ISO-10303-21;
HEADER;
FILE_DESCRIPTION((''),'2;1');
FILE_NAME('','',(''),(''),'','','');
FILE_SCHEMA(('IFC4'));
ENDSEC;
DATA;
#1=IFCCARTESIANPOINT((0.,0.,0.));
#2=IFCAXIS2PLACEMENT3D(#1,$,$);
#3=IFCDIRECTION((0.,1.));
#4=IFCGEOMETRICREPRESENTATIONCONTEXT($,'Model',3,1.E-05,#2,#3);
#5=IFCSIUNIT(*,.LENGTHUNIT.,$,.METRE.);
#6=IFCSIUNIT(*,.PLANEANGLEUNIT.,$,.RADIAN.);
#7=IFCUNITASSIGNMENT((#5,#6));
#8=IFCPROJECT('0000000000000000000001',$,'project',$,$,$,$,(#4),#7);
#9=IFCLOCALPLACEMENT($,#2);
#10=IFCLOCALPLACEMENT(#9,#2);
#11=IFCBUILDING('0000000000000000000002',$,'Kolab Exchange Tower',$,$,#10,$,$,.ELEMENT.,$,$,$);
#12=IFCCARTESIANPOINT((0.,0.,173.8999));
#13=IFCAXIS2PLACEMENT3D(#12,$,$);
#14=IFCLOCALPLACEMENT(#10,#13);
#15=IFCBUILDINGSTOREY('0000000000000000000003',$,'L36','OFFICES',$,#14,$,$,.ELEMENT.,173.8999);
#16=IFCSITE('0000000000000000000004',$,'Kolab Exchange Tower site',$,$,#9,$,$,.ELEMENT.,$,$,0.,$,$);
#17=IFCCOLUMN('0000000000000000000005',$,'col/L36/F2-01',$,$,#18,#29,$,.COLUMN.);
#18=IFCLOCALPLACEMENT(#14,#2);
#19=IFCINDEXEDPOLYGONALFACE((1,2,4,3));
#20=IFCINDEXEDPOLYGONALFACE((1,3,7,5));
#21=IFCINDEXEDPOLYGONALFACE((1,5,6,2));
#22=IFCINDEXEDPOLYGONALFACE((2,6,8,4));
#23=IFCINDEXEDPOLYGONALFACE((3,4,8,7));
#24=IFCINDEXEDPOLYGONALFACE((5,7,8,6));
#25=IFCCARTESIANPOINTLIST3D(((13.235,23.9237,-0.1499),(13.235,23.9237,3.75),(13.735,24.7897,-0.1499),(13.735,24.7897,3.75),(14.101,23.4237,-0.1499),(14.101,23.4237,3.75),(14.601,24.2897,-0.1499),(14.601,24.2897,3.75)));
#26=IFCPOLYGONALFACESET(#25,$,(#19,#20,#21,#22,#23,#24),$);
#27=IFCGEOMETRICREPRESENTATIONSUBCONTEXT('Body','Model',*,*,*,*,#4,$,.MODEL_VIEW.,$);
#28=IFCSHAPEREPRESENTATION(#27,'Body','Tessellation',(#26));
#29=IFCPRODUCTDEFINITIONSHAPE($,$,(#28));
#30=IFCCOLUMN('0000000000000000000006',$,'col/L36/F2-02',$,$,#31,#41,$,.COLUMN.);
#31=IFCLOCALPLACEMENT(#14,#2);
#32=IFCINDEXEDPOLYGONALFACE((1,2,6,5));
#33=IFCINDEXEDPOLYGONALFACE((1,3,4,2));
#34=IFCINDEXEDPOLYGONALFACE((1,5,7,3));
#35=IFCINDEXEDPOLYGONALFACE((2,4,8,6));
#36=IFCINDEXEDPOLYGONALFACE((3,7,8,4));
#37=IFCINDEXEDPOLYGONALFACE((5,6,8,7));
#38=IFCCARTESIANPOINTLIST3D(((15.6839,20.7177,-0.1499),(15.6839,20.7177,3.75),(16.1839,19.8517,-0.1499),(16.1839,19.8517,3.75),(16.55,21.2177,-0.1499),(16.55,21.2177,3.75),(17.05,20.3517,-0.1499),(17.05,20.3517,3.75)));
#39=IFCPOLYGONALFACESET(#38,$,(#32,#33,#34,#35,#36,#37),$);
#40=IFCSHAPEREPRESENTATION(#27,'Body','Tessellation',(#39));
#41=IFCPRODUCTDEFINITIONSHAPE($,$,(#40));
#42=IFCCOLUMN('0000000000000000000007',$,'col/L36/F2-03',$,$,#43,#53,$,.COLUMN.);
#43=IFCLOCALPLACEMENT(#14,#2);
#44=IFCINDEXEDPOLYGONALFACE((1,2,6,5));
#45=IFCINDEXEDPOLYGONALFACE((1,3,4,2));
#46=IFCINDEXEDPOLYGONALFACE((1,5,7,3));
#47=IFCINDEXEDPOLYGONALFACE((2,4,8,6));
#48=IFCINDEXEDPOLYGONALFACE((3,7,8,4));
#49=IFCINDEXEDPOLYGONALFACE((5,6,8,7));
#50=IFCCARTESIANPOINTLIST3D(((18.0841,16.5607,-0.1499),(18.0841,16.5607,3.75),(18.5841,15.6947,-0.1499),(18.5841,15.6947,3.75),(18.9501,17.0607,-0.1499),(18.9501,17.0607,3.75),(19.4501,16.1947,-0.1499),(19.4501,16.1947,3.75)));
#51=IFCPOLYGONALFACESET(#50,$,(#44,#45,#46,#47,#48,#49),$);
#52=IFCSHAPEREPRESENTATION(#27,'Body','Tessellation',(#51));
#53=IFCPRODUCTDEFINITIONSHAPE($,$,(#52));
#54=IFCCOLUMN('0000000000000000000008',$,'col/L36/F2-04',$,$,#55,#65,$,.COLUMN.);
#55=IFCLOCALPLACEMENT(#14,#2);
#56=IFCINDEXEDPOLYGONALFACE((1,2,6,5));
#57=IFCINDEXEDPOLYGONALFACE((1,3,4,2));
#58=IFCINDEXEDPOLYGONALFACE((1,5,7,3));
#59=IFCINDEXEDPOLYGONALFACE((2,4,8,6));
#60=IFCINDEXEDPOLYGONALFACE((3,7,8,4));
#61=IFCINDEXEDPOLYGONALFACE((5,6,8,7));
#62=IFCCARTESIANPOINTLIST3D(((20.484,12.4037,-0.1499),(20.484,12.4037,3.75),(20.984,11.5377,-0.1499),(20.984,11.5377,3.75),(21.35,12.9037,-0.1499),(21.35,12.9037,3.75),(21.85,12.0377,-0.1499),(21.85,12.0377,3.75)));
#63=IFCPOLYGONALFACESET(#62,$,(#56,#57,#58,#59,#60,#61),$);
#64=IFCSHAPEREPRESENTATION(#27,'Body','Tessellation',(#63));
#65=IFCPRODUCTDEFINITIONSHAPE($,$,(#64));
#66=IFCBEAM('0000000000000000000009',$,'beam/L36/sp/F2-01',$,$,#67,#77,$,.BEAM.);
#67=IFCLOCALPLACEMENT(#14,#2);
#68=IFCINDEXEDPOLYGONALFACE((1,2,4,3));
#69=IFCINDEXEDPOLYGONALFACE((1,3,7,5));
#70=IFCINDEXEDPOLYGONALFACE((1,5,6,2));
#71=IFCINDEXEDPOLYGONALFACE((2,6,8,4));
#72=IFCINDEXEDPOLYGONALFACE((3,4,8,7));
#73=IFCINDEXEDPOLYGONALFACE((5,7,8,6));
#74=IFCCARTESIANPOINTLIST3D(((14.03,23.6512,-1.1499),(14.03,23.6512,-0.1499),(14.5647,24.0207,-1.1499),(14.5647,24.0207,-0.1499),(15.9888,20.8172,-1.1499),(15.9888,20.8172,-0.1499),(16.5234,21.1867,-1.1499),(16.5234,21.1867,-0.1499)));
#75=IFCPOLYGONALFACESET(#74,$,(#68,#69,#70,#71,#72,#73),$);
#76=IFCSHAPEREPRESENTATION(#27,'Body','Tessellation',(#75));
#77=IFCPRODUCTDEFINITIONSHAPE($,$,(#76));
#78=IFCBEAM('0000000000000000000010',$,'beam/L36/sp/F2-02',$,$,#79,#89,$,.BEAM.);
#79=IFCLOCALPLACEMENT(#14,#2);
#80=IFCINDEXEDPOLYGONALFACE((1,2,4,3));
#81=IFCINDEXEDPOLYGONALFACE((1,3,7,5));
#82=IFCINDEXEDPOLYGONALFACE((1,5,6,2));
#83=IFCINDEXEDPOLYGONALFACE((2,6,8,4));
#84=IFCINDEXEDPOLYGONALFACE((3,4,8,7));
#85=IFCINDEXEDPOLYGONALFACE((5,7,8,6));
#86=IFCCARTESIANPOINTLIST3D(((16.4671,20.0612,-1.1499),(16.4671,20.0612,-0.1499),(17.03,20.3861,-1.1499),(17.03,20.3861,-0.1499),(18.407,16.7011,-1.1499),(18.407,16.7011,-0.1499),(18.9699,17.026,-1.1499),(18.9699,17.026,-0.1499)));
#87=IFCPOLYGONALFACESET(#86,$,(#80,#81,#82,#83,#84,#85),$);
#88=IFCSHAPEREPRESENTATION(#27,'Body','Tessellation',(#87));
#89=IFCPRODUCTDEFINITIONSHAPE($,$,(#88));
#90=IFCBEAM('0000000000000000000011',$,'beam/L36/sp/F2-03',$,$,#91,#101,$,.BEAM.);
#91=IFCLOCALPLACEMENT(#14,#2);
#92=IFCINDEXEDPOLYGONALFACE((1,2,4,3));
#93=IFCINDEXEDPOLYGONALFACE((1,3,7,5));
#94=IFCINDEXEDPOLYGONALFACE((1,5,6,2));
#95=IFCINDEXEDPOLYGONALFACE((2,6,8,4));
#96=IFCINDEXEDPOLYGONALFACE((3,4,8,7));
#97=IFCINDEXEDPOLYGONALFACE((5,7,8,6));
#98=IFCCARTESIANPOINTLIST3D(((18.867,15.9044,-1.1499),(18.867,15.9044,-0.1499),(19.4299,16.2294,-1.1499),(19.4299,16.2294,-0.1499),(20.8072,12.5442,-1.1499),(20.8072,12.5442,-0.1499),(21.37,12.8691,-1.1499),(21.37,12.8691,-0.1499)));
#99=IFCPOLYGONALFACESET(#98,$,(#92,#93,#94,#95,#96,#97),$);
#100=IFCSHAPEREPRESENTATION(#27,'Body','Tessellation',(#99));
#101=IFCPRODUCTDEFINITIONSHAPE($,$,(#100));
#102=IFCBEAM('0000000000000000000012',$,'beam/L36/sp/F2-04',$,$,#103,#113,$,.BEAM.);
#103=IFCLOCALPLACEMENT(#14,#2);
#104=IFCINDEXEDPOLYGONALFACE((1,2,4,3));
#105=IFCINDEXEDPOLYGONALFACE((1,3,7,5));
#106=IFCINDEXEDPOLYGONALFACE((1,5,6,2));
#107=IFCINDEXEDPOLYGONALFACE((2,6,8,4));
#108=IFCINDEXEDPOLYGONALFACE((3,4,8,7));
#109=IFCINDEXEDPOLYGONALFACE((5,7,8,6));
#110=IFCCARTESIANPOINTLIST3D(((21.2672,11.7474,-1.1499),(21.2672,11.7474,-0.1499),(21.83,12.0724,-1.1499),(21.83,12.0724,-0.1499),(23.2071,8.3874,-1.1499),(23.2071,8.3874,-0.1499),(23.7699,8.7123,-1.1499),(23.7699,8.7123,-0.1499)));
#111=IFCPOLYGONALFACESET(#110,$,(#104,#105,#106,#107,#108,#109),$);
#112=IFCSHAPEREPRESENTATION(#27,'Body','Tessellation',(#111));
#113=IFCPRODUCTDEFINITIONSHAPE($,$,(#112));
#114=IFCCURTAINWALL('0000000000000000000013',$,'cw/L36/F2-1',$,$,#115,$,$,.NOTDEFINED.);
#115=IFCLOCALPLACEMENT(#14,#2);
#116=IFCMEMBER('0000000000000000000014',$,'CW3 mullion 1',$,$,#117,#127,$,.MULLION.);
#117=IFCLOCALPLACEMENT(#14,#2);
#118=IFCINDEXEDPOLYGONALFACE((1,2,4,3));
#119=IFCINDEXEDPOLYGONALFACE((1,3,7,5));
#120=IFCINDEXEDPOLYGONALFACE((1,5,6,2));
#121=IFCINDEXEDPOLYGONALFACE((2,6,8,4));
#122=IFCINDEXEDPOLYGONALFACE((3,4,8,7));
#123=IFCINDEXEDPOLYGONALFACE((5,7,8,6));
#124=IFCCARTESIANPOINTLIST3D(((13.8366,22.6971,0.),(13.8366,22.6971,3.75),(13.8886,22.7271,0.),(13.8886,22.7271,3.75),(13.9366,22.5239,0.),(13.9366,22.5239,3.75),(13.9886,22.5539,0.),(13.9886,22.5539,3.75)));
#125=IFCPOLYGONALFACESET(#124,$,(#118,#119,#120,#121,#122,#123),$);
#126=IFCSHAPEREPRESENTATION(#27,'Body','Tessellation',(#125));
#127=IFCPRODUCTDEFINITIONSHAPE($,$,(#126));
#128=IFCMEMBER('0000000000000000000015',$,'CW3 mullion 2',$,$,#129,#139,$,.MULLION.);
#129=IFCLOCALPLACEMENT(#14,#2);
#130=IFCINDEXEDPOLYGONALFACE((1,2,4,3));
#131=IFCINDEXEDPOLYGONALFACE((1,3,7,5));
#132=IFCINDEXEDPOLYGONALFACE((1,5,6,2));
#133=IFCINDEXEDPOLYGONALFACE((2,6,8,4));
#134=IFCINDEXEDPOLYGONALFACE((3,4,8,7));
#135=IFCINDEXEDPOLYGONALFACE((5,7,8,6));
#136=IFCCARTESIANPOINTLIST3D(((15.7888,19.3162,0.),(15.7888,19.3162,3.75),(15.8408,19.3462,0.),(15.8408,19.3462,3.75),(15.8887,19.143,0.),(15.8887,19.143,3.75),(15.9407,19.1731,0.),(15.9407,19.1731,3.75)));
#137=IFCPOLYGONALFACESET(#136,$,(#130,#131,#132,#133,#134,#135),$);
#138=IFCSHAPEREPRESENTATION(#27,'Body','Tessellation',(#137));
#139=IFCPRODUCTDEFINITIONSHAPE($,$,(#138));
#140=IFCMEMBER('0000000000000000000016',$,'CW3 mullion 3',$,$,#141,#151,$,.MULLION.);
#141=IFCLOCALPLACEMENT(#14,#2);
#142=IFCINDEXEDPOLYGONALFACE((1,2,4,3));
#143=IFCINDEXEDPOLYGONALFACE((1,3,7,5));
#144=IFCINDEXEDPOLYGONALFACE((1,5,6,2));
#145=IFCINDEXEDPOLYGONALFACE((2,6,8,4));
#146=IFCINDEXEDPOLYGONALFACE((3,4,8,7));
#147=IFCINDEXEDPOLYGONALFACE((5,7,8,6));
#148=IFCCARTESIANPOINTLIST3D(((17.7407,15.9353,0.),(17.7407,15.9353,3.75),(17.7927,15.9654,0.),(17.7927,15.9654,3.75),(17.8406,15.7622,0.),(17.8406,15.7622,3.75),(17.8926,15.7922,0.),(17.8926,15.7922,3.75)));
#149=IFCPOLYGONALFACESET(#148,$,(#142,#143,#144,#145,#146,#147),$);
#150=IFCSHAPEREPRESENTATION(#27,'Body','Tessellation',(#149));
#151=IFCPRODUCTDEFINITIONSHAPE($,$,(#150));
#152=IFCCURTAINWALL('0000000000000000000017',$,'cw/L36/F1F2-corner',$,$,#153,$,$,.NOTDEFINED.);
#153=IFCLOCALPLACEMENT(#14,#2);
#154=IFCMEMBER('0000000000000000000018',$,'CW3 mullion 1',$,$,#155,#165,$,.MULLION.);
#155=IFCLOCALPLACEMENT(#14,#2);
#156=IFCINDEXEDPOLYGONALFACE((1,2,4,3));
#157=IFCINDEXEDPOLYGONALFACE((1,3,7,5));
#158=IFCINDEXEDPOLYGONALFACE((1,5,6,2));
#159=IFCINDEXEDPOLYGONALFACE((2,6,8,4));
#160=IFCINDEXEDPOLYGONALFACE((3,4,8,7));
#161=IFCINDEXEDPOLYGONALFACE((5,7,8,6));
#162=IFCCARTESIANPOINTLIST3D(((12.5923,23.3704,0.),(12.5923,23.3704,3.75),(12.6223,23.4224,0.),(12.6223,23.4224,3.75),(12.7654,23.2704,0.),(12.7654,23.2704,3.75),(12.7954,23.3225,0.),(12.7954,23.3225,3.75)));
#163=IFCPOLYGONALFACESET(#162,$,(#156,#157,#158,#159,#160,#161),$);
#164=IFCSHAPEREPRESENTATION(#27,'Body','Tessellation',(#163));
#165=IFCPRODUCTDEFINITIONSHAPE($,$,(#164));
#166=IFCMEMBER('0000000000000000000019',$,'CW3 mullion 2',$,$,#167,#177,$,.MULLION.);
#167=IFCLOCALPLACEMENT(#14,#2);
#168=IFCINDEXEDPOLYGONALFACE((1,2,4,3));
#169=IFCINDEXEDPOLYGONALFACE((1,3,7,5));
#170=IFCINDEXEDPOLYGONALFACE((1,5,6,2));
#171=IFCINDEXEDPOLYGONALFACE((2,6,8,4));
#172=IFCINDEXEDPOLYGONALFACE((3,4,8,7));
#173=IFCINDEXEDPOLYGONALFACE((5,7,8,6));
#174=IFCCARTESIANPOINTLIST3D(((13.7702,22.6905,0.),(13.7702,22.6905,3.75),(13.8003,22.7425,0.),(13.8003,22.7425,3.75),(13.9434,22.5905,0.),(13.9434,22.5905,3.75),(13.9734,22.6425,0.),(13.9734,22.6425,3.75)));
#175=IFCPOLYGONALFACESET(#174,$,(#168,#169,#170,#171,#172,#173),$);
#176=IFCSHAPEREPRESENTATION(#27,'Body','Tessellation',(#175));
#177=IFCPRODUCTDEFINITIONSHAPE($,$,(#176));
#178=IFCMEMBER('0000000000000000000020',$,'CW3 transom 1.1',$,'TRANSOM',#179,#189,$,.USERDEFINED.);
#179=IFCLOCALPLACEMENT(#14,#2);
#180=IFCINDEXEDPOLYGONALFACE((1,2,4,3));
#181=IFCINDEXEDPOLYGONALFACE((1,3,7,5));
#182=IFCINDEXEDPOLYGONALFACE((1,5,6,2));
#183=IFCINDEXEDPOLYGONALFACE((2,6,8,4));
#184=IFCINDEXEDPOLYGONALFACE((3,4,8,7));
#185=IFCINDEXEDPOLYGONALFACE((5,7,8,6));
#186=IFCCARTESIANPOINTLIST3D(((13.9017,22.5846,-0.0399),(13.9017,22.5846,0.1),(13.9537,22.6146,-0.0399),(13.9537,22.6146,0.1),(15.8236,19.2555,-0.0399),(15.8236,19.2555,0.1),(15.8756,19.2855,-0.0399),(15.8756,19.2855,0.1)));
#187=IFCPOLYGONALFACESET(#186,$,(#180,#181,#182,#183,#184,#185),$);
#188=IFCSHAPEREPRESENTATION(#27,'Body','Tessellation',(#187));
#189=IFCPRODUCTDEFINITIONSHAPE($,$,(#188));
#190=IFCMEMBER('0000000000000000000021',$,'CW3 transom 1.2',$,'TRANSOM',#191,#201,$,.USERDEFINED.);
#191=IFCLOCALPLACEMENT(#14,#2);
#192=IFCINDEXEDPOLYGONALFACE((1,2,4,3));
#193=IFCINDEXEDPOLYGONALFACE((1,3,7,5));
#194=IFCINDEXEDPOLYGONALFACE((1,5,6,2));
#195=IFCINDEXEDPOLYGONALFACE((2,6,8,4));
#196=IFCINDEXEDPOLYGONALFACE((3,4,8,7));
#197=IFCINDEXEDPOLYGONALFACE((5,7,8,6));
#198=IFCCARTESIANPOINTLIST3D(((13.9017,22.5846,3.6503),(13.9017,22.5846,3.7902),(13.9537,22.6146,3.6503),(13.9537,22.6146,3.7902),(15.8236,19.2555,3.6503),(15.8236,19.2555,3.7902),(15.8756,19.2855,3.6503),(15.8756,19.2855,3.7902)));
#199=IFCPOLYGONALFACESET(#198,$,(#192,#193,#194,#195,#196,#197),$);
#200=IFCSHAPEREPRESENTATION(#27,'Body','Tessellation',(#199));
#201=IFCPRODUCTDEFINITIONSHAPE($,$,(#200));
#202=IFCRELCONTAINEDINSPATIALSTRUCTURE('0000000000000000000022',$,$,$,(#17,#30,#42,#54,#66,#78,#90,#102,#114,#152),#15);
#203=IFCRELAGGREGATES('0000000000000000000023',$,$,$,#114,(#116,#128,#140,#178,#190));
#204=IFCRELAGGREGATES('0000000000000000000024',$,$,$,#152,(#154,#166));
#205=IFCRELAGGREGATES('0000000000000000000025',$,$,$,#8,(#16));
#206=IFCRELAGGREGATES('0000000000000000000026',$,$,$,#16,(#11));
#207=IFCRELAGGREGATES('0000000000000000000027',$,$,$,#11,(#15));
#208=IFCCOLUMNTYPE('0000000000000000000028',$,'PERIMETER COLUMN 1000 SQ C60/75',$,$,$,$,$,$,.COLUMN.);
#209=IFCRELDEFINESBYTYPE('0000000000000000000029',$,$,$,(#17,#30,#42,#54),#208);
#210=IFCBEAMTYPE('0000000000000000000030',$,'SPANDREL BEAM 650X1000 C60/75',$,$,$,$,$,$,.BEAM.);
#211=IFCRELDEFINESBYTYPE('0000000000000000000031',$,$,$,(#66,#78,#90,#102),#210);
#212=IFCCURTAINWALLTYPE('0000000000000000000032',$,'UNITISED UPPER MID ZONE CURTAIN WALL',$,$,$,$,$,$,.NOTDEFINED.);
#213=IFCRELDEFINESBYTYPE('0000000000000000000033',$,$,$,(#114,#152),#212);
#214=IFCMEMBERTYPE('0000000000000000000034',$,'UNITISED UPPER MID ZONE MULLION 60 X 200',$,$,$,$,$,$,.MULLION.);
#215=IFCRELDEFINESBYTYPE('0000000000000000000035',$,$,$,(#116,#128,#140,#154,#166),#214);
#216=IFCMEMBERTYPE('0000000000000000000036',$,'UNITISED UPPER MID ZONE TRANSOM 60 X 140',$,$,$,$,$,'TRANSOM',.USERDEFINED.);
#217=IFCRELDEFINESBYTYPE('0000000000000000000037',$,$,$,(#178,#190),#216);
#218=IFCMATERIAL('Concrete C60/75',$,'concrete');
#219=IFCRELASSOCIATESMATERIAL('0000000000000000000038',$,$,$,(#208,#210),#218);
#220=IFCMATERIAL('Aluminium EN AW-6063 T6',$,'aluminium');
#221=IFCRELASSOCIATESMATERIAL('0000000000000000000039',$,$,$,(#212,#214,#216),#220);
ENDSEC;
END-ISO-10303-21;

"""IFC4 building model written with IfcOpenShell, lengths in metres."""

from ifc_helpers import new_model, si_unit, direction, frame, origin, origin_2d, place, context, subcontext, project, spatial, rectangle, extrude, material, material_profile, profile_set, type_object, element, aggregate, save


model = new_model("IFC4")

# Units and contexts
model_context = context("Model", 3, precision=1e-05, world=origin(), true_north=direction((0.0, 1.0)))
body_context = subcontext(model_context, "Body", "Model", "MODEL_VIEW")
ifc_project = project(units=[si_unit("LENGTHUNIT", "METRE"), si_unit("PLANEANGLEUNIT", "RADIAN")], contexts=[model_context])

# Site, building, storey
site_placement = place(None, origin())
site = spatial("IfcSite", under=ifc_project, at=site_placement, Name="Kolab Exchange Tower site", CompositionType="ELEMENT", RefElevation=0.0)
building_placement = place(site_placement, origin())
building = spatial("IfcBuilding", under=site, at=building_placement, Name="Kolab Exchange Tower", CompositionType="ELEMENT")
storey_placement = place(building_placement, frame((0.0, 0.0, 173.8999)))
storey = spatial("IfcBuildingStorey", under=building, at=storey_placement, Name="L36", Description="OFFICES", CompositionType="ELEMENT", Elevation=173.8999)

# Columns
ifc_material_1 = material(Name="Concrete C60/75", Category="concrete")
ifc_material_profile_1 = material_profile(ifc_material_1, rectangle(XDim=1.0, YDim=1.0, at=origin_2d()), Name="RC1000")
ifc_profile_set_1 = profile_set([ifc_material_profile_1], Name="Concrete C60/75")
column_type = type_object("IfcColumnType", Name="PERIMETER COLUMN 1000 SQ C60/75", PredefinedType="COLUMN", material=ifc_profile_set_1)
for number, where, z_axis, x_axis, name in (
    (1, (13.918, 24.1067, -0.1499), (0.0, 0.0, 1.0), (0.5, 0.866025, 0.0), "col/L36/F2-01"),
    (2, (16.3669, 20.5347, -0.1499), (0.0, 0.0, 1.0), (0.866025, 0.5, 0.0), "col/L36/F2-02"),
    (3, (18.7671, 16.3777, -0.1499), (0.0, 0.0, 1.0), (0.866025, 0.5, 0.0), "col/L36/F2-03"),
    (4, (21.167, 12.2207, -0.1499), (0.0, 0.0, 1.0), (0.866025, 0.5, 0.0), "col/L36/F2-04"),
):
    element("IfcColumn", number, at=place(storey_placement, frame(where, z_axis=z_axis, x_axis=x_axis)), inside=storey, type_object=column_type, Name=name, PredefinedType="COLUMN", context=body_context, shape_type="SweptSolid", body=[
        extrude(rectangle(XDim=1.0, YDim=1.0, at=origin_2d()), origin(), (0.0, 0.0, 1.0), 3.8999),
    ])

# Beams
ifc_material_profile_2 = material_profile(ifc_material_1, rectangle(XDim=0.6499, YDim=1.0, at=origin_2d()), Name="RC650X1000")
ifc_profile_set_2 = profile_set([ifc_material_profile_2], Name="Concrete C60/75")
beam_type = type_object("IfcBeamType", Name="SPANDREL BEAM 650X1000 C60/75", PredefinedType="BEAM", material=ifc_profile_set_2)
beam_1_placement = place(storey_placement, frame((14.2974, 23.8359, -0.6499), z_axis=(0.568572, -0.822633, 0.0), x_axis=(0.822633, 0.568572, 0.0)))
element("IfcBeam", 5, at=beam_1_placement, inside=storey, type_object=beam_type, Name="beam/L36/sp/F2-01", PredefinedType="BEAM", context=body_context, shape_type="SweptSolid", body=[
    extrude(rectangle(XDim=0.6499, YDim=1.0, at=origin_2d()), origin(), (0.0, 0.0, 1.0), 3.4451),
])
beam_2_placement = place(storey_placement, frame((16.7485, 20.2236, -0.6499), z_axis=(0.499997, -0.866027, 0.0), x_axis=(0.866027, 0.499997, 0.0)))
element("IfcBeam", 6, at=beam_2_placement, inside=storey, type_object=beam_type, Name="beam/L36/sp/F2-02", PredefinedType="BEAM", context=body_context, shape_type="SweptSolid", body=[
    extrude(rectangle(XDim=0.6499, YDim=1.0, at=origin_2d()), origin(), (0.0, 0.0, 1.0), 3.8799),
])
beam_3_placement = place(storey_placement, frame((19.1484, 16.0669, -0.6499), z_axis=(0.500017, -0.866016, 0.0), x_axis=(0.866016, 0.500017, 0.0)))
element("IfcBeam", 7, at=beam_3_placement, inside=storey, type_object=beam_type, Name="beam/L36/sp/F2-03", PredefinedType="BEAM", context=body_context, shape_type="SweptSolid", body=[
    extrude(rectangle(XDim=0.6499, YDim=1.0, at=origin_2d()), origin(), (0.0, 0.0, 1.0), 3.8801),
])
beam_4_placement = place(storey_placement, frame((21.5486, 11.9099, -0.6499), z_axis=(0.499997, -0.866027, 0.0), x_axis=(0.866027, 0.499997, 0.0)))
element("IfcBeam", 8, at=beam_4_placement, inside=storey, type_object=beam_type, Name="beam/L36/sp/F2-04", PredefinedType="BEAM", context=body_context, shape_type="SweptSolid", body=[
    extrude(rectangle(XDim=0.6499, YDim=1.0, at=origin_2d()), origin(), (0.0, 0.0, 1.0), 3.8799),
])

# Curtain walls, members
ifc_material_2 = material(Name="Aluminium EN AW-6063 T6", Category="aluminium")
curtain_wall_type = type_object("IfcCurtainWallType", Name="UNITISED UPPER MID ZONE CURTAIN WALL", PredefinedType="NOTDEFINED", material=ifc_material_2)
curtain_wall_1_placement = place(storey_placement, origin())
curtain_wall_1 = element("IfcCurtainWall", 9, at=curtain_wall_1_placement, inside=storey, type_object=curtain_wall_type, Name="cw/L36/F2-1", PredefinedType="NOTDEFINED")
ifc_material_profile_3 = material_profile(ifc_material_2, rectangle(XDim=0.0601, YDim=0.2, at=origin_2d()), Name="RECT 60X200")
ifc_profile_set_3 = profile_set([ifc_material_profile_3], Name="Aluminium EN AW-6063 T6")
member_type_1 = type_object("IfcMemberType", Name="UNITISED UPPER MID ZONE MULLION 60 X 200", PredefinedType="MULLION", material=ifc_profile_set_3)
member_1_placement = place(storey_placement, frame((13.9126, 22.6255, 0.0), z_axis=(0.0, 0.0, 1.0), x_axis=(0.866025, 0.5, 0.0)))
member_1 = element("IfcMember", 10, at=member_1_placement, type_object=member_type_1, Name="CW3 mullion 1", PredefinedType="MULLION", context=body_context, shape_type="SweptSolid", body=[
    extrude(rectangle(XDim=0.0601, YDim=0.2, at=origin_2d()), origin(), (0.0, 0.0, 1.0), 3.75),
])
member_2_placement = place(storey_placement, frame((15.8647, 19.2446, 0.0), z_axis=(0.0, 0.0, 1.0), x_axis=(0.866025, 0.5, 0.0)))
member_2 = element("IfcMember", 11, at=member_2_placement, type_object=member_type_1, Name="CW3 mullion 2", PredefinedType="MULLION", context=body_context, shape_type="SweptSolid", body=[
    extrude(rectangle(XDim=0.0601, YDim=0.2, at=origin_2d()), origin(), (0.0, 0.0, 1.0), 3.75),
])
member_3_placement = place(storey_placement, frame((17.8167, 15.8638, 0.0), z_axis=(0.0, 0.0, 1.0), x_axis=(0.866025, 0.5, 0.0)))
member_3 = element("IfcMember", 12, at=member_3_placement, type_object=member_type_1, Name="CW3 mullion 3", PredefinedType="MULLION", context=body_context, shape_type="SweptSolid", body=[
    extrude(rectangle(XDim=0.0601, YDim=0.2, at=origin_2d()), origin(), (0.0, 0.0, 1.0), 3.75),
])
curtain_wall_2_placement = place(storey_placement, origin())
curtain_wall_2 = element("IfcCurtainWall", 13, at=curtain_wall_2_placement, inside=storey, type_object=curtain_wall_type, Name="cw/L36/F1F2-corner", PredefinedType="NOTDEFINED")
member_4_placement = place(storey_placement, frame((12.6938, 23.3464, 0.0), z_axis=(0.0, 0.0, 1.0), x_axis=(0.5, 0.866025, 0.0)))
member_4 = element("IfcMember", 14, at=member_4_placement, type_object=member_type_1, Name="CW3 mullion 1", PredefinedType="MULLION", context=body_context, shape_type="SweptSolid", body=[
    extrude(rectangle(XDim=0.0601, YDim=0.2, at=origin_2d()), origin(), (0.0, 0.0, 1.0), 3.75),
])
member_5_placement = place(storey_placement, frame((13.8718, 22.6665, 0.0), z_axis=(0.0, 0.0, 1.0), x_axis=(0.5, 0.866025, 0.0)))
member_5 = element("IfcMember", 15, at=member_5_placement, type_object=member_type_1, Name="CW3 mullion 2", PredefinedType="MULLION", context=body_context, shape_type="SweptSolid", body=[
    extrude(rectangle(XDim=0.0601, YDim=0.2, at=origin_2d()), origin(), (0.0, 0.0, 1.0), 3.75),
])

# Members
ifc_material_profile_4 = material_profile(ifc_material_2, rectangle(XDim=0.0601, YDim=0.1399, at=origin_2d()), Name="RECT 60X140")
ifc_profile_set_4 = profile_set([ifc_material_profile_4], Name="Aluminium EN AW-6063 T6")
member_type_2 = type_object("IfcMemberType", Name="UNITISED UPPER MID ZONE TRANSOM 60 X 140", ElementType="TRANSOM", PredefinedType="USERDEFINED", material=ifc_profile_set_4)
member_6_placement = place(storey_placement, frame((13.9277, 22.5996, 0.03), z_axis=(0.499964, -0.866046, 0.0), x_axis=(0.866046, 0.499964, 0.0)))
member_6 = element("IfcMember", 16, at=member_6_placement, type_object=member_type_2, Name="CW3 transom 1.1", ObjectType="TRANSOM", PredefinedType="USERDEFINED", context=body_context, shape_type="SweptSolid", body=[
    extrude(rectangle(XDim=0.0601, YDim=0.1399, at=origin_2d()), origin(), (0.0, 0.0, 1.0), 3.844),
])
member_7_placement = place(storey_placement, frame((13.9277, 22.5996, 3.7202), z_axis=(0.499964, -0.866046, 0.0), x_axis=(0.866046, 0.499964, 0.0)))
member_7 = element("IfcMember", 17, at=member_7_placement, type_object=member_type_2, Name="CW3 transom 1.2", ObjectType="TRANSOM", PredefinedType="USERDEFINED", context=body_context, shape_type="SweptSolid", body=[
    extrude(rectangle(XDim=0.0601, YDim=0.1399, at=origin_2d()), origin(), (0.0, 0.0, 1.0), 3.844),
])

aggregate(curtain_wall_1, [member_1, member_2, member_3, member_6, member_7])
aggregate(curtain_wall_2, [member_4, member_5])

save(model, "model.ifc")
